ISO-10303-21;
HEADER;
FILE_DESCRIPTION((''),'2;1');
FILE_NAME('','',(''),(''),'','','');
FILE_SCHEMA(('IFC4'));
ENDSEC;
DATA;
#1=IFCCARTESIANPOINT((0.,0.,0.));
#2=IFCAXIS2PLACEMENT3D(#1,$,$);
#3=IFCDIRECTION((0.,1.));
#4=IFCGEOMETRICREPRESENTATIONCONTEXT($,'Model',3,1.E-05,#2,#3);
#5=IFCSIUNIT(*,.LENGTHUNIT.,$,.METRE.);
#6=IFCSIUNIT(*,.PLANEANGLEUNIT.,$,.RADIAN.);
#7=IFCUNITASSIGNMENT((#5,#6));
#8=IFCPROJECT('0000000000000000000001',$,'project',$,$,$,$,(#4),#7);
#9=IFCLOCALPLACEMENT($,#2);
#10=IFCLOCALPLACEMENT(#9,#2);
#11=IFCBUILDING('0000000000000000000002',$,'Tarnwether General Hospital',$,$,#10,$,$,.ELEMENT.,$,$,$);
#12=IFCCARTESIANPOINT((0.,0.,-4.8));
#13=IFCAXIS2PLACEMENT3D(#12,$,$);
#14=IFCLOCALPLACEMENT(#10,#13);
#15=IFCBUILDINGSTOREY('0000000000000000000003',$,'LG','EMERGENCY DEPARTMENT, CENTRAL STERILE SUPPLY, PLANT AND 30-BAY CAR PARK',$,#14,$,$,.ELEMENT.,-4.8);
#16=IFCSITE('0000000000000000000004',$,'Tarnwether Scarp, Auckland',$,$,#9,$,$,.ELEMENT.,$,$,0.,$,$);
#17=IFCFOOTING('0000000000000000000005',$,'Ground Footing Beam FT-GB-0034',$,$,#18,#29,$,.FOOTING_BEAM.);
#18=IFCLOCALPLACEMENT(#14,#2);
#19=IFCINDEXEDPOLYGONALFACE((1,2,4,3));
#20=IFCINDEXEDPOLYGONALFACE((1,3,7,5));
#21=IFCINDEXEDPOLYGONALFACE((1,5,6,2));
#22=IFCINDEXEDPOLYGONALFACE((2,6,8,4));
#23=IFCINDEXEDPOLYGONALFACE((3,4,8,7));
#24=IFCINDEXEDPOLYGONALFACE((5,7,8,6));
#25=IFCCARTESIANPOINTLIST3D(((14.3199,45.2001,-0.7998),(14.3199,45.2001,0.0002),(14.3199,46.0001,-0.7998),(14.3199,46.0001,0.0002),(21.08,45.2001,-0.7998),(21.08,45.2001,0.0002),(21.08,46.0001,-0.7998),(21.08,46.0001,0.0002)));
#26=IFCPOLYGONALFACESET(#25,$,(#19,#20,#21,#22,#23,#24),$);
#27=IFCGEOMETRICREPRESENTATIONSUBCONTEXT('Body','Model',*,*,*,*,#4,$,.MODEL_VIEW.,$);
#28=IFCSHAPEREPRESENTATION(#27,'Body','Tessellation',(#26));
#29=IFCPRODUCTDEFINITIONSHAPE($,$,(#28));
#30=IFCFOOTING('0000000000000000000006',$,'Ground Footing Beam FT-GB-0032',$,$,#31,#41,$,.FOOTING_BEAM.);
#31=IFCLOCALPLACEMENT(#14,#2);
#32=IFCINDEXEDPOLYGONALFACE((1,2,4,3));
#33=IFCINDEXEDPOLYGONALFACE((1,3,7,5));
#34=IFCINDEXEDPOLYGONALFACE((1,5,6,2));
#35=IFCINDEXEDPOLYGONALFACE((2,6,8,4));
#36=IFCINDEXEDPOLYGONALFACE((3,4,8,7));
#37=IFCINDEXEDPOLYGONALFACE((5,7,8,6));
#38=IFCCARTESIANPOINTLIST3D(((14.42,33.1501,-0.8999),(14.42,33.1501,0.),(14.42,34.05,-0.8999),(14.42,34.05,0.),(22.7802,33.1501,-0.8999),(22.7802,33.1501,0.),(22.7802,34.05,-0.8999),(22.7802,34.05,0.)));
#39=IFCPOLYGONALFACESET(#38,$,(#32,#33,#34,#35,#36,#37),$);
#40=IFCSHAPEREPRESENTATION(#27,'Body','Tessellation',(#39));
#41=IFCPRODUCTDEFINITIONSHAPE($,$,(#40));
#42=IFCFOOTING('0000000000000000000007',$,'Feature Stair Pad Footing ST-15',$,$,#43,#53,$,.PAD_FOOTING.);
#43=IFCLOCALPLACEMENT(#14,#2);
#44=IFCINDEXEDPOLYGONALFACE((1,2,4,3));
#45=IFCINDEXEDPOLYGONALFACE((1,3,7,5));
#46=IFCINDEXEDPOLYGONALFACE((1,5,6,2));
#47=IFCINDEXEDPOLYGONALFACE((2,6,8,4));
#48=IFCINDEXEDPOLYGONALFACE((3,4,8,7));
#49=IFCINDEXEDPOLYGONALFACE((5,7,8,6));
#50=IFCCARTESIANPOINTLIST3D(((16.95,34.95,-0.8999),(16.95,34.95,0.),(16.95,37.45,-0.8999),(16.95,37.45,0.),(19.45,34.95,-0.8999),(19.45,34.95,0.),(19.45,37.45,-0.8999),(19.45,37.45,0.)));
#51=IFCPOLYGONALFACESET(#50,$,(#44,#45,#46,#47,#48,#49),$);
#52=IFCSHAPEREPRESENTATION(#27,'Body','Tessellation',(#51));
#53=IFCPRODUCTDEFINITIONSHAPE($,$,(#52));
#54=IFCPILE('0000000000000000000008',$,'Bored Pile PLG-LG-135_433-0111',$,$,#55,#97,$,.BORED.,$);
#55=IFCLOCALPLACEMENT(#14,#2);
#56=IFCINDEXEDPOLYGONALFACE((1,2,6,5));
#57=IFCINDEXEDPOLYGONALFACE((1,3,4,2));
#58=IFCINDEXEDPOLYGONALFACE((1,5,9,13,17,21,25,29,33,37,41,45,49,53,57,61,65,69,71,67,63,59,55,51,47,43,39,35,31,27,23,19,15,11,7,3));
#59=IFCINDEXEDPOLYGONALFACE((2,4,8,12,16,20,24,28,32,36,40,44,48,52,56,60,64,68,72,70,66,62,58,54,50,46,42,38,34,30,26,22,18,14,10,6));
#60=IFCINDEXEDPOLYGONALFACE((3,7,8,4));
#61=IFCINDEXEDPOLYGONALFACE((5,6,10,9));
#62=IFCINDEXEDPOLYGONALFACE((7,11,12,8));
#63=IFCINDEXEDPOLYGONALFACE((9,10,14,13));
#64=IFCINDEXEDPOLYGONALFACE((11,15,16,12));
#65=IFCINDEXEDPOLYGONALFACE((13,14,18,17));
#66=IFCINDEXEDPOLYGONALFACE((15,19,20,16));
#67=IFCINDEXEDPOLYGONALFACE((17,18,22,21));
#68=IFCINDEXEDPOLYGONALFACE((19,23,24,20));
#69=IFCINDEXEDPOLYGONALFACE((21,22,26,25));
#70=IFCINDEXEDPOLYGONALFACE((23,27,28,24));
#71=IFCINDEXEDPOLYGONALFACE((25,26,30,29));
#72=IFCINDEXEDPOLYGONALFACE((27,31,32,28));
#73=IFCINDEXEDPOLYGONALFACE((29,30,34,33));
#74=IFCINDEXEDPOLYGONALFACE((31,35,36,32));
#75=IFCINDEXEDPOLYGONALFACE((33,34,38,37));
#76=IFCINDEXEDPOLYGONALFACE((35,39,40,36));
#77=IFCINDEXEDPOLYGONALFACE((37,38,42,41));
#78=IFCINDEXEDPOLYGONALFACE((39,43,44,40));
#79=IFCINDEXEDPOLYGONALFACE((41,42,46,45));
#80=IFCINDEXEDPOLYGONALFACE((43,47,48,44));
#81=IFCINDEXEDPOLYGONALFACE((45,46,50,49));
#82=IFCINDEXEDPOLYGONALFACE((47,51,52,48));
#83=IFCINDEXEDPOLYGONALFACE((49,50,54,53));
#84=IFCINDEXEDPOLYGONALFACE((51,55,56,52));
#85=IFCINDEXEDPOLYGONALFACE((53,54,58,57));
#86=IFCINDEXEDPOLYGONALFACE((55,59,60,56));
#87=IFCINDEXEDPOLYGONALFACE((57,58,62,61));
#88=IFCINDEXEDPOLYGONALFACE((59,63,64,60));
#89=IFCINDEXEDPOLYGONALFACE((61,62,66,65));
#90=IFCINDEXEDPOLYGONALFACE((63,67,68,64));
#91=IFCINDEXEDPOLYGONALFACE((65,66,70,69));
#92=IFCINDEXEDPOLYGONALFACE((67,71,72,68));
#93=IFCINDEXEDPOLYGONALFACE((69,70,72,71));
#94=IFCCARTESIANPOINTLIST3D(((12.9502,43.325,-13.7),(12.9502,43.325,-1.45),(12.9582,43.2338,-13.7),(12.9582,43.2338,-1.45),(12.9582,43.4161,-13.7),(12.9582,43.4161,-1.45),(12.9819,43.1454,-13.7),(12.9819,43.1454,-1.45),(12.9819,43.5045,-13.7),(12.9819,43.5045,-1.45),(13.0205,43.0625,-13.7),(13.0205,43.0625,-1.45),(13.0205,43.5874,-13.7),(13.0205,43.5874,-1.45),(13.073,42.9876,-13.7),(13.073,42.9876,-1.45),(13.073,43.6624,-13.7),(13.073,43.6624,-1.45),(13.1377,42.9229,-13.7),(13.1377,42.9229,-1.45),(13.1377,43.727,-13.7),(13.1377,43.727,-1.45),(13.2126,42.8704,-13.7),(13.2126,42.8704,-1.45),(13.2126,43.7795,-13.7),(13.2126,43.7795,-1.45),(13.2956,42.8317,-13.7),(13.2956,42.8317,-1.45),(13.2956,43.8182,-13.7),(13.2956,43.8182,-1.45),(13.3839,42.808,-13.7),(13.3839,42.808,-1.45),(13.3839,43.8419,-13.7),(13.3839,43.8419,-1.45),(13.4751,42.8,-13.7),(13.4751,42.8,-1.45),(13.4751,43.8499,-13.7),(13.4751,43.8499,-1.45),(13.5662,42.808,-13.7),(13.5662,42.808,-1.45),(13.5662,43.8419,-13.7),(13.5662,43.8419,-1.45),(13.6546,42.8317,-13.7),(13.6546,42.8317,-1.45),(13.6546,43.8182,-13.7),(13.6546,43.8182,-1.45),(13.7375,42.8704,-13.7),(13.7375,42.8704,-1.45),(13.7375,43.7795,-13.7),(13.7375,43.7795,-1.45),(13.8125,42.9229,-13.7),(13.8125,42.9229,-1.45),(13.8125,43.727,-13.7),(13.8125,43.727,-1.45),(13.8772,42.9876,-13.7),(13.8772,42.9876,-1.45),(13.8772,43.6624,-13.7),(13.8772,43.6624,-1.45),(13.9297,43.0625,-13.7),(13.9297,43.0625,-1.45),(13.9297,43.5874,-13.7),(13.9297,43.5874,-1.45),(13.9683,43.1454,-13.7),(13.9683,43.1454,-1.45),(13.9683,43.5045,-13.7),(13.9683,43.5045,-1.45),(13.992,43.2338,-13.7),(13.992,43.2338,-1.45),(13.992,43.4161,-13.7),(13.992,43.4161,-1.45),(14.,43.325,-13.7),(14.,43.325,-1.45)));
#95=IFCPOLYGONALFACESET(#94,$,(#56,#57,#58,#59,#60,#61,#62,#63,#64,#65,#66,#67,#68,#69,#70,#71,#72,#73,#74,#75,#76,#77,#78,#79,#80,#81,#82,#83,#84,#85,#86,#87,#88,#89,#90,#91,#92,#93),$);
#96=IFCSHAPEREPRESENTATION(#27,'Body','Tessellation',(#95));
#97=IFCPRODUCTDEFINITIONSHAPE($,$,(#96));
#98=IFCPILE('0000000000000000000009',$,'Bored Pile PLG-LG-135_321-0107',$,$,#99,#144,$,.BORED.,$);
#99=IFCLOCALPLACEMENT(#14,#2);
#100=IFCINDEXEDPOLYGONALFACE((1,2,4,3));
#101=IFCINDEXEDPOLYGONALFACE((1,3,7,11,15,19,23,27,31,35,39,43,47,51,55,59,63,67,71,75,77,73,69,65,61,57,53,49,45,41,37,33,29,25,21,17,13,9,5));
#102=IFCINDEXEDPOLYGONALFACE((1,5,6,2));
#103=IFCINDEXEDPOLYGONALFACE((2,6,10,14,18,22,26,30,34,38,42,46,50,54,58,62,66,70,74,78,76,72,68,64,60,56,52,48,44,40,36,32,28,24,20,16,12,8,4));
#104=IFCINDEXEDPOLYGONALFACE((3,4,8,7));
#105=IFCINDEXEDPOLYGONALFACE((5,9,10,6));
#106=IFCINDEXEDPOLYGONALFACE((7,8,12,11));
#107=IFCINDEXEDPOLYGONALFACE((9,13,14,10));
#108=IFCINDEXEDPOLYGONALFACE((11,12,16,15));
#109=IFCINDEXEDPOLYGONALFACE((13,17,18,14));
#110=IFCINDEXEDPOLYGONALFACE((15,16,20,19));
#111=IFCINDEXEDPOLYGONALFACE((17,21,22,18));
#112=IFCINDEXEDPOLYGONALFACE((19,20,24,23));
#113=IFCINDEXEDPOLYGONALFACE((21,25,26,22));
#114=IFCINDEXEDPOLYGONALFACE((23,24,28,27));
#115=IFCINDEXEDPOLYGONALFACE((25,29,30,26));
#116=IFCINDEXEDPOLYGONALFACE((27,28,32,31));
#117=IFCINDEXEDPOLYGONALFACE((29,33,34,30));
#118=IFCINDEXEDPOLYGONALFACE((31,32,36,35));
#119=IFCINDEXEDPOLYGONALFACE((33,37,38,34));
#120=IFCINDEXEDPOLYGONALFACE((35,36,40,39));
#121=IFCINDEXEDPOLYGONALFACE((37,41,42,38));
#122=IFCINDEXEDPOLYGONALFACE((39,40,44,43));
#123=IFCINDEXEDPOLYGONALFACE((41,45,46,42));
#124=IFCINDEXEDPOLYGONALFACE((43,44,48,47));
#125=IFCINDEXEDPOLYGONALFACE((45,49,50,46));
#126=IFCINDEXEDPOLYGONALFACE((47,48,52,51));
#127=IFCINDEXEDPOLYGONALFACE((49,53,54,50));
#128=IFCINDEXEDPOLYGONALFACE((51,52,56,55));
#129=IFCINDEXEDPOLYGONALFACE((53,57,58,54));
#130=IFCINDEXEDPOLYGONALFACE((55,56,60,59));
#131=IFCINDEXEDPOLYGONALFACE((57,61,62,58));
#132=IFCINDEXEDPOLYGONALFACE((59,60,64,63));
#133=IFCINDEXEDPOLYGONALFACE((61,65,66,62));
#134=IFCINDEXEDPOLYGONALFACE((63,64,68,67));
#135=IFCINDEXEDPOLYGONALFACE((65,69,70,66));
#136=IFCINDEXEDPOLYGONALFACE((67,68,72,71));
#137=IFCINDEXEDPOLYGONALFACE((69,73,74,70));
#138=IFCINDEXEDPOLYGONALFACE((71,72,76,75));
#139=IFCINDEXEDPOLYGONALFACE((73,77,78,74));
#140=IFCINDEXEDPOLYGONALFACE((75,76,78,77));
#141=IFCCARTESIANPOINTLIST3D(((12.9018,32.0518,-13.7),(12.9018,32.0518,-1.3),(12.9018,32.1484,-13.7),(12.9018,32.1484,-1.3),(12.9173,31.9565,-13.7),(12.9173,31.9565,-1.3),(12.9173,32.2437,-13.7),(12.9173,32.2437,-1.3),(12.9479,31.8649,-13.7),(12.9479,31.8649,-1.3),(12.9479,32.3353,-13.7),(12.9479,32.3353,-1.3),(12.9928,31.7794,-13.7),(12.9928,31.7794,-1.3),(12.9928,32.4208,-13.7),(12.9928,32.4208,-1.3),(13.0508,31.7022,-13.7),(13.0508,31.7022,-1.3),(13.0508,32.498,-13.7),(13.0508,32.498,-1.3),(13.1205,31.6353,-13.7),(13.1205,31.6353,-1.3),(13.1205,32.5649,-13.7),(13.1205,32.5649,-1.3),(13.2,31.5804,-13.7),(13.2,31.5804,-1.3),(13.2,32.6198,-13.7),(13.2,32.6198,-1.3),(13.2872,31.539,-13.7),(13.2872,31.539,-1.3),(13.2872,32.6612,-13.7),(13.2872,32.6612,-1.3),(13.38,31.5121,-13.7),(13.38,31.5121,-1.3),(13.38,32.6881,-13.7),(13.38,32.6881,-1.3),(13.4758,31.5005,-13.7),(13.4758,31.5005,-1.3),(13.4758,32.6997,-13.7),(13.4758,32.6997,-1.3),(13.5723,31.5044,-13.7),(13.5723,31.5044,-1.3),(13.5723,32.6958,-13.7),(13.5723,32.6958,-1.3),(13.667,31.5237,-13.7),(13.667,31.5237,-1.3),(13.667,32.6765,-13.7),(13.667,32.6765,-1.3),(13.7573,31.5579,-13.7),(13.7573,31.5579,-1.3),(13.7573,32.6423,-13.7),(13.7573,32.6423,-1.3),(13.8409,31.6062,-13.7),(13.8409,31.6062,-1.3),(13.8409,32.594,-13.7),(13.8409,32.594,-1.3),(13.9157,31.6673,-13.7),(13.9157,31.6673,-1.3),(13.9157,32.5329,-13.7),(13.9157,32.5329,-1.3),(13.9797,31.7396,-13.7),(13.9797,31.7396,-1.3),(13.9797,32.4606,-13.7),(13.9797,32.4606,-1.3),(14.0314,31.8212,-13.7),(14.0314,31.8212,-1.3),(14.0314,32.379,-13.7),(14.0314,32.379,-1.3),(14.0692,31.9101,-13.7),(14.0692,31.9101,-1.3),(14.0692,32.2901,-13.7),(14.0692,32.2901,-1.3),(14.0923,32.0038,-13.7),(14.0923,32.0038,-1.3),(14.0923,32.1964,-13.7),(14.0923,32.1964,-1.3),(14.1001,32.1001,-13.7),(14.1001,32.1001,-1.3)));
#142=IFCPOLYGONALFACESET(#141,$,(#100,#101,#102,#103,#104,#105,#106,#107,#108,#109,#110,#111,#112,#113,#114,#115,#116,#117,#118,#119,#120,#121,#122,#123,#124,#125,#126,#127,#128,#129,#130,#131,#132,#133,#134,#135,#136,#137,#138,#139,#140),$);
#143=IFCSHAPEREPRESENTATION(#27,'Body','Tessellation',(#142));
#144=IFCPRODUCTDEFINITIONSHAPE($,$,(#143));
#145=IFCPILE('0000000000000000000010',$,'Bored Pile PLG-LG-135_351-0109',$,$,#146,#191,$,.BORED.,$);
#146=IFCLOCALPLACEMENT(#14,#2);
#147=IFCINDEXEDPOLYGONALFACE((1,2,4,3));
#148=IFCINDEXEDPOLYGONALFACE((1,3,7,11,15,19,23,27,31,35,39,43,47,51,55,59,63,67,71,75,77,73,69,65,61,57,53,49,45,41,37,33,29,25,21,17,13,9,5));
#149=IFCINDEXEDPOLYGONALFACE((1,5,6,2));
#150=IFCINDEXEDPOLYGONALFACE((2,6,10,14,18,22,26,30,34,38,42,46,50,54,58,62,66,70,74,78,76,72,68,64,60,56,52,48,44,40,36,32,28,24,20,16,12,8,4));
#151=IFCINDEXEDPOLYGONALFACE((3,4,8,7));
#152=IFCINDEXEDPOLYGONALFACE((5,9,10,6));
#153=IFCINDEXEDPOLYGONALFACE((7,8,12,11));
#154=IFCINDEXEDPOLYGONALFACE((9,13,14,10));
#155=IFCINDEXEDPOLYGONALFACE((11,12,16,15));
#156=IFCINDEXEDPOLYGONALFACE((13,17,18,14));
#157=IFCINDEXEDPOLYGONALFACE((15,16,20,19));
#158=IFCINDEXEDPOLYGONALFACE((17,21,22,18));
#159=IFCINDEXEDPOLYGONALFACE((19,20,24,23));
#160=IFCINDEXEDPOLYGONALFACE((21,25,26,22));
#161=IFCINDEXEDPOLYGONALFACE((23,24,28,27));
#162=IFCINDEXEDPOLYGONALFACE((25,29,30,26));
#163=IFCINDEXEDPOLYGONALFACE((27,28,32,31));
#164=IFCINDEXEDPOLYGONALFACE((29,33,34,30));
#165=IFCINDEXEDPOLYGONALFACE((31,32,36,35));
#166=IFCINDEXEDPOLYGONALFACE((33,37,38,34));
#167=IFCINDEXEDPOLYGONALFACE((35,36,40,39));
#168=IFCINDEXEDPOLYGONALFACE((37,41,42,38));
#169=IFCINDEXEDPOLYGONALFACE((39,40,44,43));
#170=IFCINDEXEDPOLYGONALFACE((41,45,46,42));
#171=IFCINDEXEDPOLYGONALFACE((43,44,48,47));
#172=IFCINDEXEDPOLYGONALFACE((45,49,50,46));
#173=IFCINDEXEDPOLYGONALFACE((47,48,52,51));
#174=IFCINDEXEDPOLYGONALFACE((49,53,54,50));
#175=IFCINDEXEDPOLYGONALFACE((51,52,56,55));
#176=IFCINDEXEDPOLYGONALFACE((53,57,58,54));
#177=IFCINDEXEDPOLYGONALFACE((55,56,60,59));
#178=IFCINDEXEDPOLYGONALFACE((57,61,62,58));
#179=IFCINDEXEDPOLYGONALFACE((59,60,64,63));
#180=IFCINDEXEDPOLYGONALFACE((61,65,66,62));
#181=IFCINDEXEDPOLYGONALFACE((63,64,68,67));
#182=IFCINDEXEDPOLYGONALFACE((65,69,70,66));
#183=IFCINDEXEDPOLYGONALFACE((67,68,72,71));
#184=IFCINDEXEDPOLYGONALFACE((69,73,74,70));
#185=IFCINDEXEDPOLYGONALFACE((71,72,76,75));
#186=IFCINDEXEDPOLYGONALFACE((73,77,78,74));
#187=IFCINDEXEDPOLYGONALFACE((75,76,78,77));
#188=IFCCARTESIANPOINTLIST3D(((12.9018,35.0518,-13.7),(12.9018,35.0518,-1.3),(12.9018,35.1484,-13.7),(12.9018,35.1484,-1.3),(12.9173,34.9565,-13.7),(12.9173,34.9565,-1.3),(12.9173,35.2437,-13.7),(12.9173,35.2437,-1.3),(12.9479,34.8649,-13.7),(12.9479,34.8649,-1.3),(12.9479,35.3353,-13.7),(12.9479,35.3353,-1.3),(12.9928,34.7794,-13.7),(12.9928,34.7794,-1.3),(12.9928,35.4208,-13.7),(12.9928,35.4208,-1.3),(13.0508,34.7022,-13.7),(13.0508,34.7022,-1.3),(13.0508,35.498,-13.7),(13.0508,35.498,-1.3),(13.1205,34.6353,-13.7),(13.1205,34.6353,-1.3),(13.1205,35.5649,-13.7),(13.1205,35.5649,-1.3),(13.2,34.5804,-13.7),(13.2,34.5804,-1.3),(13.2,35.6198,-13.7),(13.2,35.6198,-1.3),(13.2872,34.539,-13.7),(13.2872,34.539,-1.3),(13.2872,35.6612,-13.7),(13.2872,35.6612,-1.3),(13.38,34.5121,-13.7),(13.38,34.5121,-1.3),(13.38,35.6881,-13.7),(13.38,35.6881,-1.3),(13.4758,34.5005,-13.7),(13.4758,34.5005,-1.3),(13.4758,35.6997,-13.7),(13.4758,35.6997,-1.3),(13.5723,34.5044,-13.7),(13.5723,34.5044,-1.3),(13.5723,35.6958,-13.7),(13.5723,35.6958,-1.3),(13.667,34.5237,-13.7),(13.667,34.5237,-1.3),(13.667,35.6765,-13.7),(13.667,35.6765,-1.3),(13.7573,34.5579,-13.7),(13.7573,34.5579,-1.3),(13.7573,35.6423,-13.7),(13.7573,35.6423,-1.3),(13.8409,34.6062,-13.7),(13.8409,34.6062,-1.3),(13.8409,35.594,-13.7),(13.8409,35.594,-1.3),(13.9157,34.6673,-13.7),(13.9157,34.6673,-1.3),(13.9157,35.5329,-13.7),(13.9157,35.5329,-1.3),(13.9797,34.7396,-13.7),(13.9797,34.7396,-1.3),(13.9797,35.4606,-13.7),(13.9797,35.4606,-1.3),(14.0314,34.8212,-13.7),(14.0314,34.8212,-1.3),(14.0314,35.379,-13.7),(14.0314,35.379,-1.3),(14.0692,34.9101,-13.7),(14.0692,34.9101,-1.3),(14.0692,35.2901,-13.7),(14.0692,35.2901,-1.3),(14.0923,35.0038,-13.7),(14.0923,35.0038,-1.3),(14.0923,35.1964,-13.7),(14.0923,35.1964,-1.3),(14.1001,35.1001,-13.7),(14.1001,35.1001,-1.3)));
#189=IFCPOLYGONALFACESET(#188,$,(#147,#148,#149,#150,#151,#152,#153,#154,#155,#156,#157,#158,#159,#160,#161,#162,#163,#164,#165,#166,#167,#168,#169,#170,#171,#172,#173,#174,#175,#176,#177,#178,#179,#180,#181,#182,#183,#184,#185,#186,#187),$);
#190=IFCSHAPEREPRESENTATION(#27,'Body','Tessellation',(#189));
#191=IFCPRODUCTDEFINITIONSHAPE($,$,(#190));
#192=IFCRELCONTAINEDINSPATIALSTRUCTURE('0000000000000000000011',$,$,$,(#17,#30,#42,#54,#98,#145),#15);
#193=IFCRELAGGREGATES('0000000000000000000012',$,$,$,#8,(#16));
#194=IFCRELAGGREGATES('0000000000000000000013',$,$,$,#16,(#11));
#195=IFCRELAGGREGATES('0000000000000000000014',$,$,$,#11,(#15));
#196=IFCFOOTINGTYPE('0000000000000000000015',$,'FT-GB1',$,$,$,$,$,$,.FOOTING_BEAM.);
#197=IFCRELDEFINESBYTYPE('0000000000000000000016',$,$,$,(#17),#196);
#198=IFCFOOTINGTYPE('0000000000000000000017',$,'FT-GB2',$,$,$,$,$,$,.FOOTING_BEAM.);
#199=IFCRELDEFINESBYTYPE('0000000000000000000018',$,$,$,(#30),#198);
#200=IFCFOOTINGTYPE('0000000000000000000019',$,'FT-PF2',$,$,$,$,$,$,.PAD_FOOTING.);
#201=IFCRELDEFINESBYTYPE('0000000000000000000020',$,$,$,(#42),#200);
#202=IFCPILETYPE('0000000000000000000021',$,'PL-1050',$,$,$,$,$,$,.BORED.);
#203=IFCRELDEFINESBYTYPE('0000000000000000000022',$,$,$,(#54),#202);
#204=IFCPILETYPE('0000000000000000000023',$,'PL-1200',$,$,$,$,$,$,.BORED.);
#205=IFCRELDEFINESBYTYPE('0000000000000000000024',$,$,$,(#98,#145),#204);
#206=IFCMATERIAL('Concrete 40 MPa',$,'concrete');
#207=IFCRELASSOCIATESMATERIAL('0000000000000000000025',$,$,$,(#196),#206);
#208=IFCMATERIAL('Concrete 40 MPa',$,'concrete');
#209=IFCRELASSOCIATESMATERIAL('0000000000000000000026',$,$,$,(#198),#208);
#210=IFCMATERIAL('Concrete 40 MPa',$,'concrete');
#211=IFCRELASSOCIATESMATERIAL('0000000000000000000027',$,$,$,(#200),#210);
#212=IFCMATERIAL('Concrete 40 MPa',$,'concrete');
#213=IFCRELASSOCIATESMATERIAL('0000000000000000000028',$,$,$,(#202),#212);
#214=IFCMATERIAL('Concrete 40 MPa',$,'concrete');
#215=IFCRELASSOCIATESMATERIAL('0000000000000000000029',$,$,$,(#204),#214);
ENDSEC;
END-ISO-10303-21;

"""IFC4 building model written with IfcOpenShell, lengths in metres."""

from ifc_helpers import new_model, si_unit, direction, frame, origin, origin_2d, place, context, subcontext, project, spatial, rectangle, circle, extrude, material, material_profile, profile_set, type_object, element, save


model = new_model("IFC4")

# Units and contexts
model_context = context("Model", 3, precision=1e-05, world=origin(), true_north=direction((0.0, 1.0)))
body_context = subcontext(model_context, "Body", "Model", "MODEL_VIEW")
ifc_project = project(units=[si_unit("LENGTHUNIT", "METRE"), si_unit("PLANEANGLEUNIT", "RADIAN")], contexts=[model_context])

# Site, building, storey
site_placement = place(None, origin())
site = spatial("IfcSite", under=ifc_project, at=site_placement, Name="Tarnwether Scarp, Auckland", CompositionType="ELEMENT", RefElevation=0.0)
building_placement = place(site_placement, origin())
building = spatial("IfcBuilding", under=site, at=building_placement, Name="Tarnwether General Hospital", CompositionType="ELEMENT")
storey_placement = place(building_placement, frame((0.0, 0.0, -4.8)))
storey = spatial("IfcBuildingStorey", under=building, at=storey_placement, Name="LG", Description="EMERGENCY DEPARTMENT, CENTRAL STERILE SUPPLY, PLANT AND 30-BAY CAR PARK", CompositionType="ELEMENT", Elevation=-4.8)

# Footings
ifc_material_1 = material(Name="Concrete 40 MPa", Category="concrete")
footing_type_1 = type_object("IfcFootingType", Name="FT-GB1", PredefinedType="FOOTING_BEAM", material=ifc_material_1)
footing_1_placement = place(storey_placement, frame((17.7, 45.6001, -0.7998), z_axis=(0.0, 0.0, 1.0), x_axis=(1.0, 0.0, 0.0)))
element("IfcFooting", 1, at=footing_1_placement, inside=storey, type_object=footing_type_1, Name="Ground Footing Beam FT-GB-0034", PredefinedType="FOOTING_BEAM", context=body_context, shape_type="SweptSolid", body=[
    extrude(rectangle(XDim=6.76, YDim=0.8, at=origin_2d()), origin(), (0.0, 0.0, 1.0), 0.8),
])
ifc_material_2 = material(Name="Concrete 40 MPa", Category="concrete")
footing_type_2 = type_object("IfcFootingType", Name="FT-GB2", PredefinedType="FOOTING_BEAM", material=ifc_material_2)
footing_2_placement = place(storey_placement, frame((18.6001, 33.6001, -0.8999), z_axis=(0.0, 0.0, 1.0), x_axis=(1.0, 0.0, 0.0)))
element("IfcFooting", 2, at=footing_2_placement, inside=storey, type_object=footing_type_2, Name="Ground Footing Beam FT-GB-0032", PredefinedType="FOOTING_BEAM", context=body_context, shape_type="SweptSolid", body=[
    extrude(rectangle(XDim=8.3601, YDim=0.8999, at=origin_2d()), origin(), (0.0, 0.0, 1.0), 0.8999),
])
ifc_material_3 = material(Name="Concrete 40 MPa", Category="concrete")
footing_type_3 = type_object("IfcFootingType", Name="FT-PF2", PredefinedType="PAD_FOOTING", material=ifc_material_3)
footing_3_placement = place(storey_placement, frame((18.2, 36.2, -0.8999), z_axis=(0.0, 0.0, 1.0), x_axis=(1.0, 0.0, 0.0)))
element("IfcFooting", 3, at=footing_3_placement, inside=storey, type_object=footing_type_3, Name="Feature Stair Pad Footing ST-15", PredefinedType="PAD_FOOTING", context=body_context, shape_type="SweptSolid", body=[
    extrude(rectangle(XDim=2.5, YDim=2.5, at=origin_2d()), origin(), (0.0, 0.0, 1.0), 0.8999),
])

# Piles
ifc_material_4 = material(Name="Concrete 40 MPa", Category="concrete")
ifc_material_profile_1 = material_profile(ifc_material_4, circle(Radius=0.5249, at=origin_2d()), Name="PILE-D1050")
ifc_profile_set_1 = profile_set([ifc_material_profile_1], Name="Concrete 40 MPa")
pile_type_1 = type_object("IfcPileType", Name="PL-1050", PredefinedType="BORED", material=ifc_profile_set_1)
pile_placement = place(storey_placement, frame((13.4751, 43.325, -1.45), z_axis=(0.0, 0.0, -1.0), x_axis=(1.0, 0.0, 0.0)))
element("IfcPile", 4, at=pile_placement, inside=storey, type_object=pile_type_1, Name="Bored Pile PLG-LG-135_433-0111", PredefinedType="BORED", context=body_context, shape_type="SweptSolid", body=[
    extrude(circle(Radius=0.5249, at=origin_2d()), origin(), (0.0, 0.0, 1.0), 12.25),
])
ifc_material_5 = material(Name="Concrete 40 MPa", Category="concrete")
ifc_material_profile_2 = material_profile(ifc_material_5, circle(Radius=0.6001, at=origin_2d()), Name="PILE-D1200")
ifc_profile_set_2 = profile_set([ifc_material_profile_2], Name="Concrete 40 MPa")
pile_type_2 = type_object("IfcPileType", Name="PL-1200", PredefinedType="BORED", material=ifc_profile_set_2)
for number, where, z_axis, x_axis, name in (
    (5, (13.5, 32.1001, -1.3), (0.0, 0.0, -1.0), (1.0, 0.0, 0.0), "Bored Pile PLG-LG-135_321-0107"),
    (6, (13.5, 35.1001, -1.3), (0.0, 0.0, -1.0), (1.0, 0.0, 0.0), "Bored Pile PLG-LG-135_351-0109"),
):
    element("IfcPile", number, at=place(storey_placement, frame(where, z_axis=z_axis, x_axis=x_axis)), inside=storey, type_object=pile_type_2, Name=name, PredefinedType="BORED", context=body_context, shape_type="SweptSolid", body=[
        extrude(circle(Radius=0.6001, at=origin_2d()), origin(), (0.0, 0.0, 1.0), 12.3999),
    ])

save(model, "model.ifc")
